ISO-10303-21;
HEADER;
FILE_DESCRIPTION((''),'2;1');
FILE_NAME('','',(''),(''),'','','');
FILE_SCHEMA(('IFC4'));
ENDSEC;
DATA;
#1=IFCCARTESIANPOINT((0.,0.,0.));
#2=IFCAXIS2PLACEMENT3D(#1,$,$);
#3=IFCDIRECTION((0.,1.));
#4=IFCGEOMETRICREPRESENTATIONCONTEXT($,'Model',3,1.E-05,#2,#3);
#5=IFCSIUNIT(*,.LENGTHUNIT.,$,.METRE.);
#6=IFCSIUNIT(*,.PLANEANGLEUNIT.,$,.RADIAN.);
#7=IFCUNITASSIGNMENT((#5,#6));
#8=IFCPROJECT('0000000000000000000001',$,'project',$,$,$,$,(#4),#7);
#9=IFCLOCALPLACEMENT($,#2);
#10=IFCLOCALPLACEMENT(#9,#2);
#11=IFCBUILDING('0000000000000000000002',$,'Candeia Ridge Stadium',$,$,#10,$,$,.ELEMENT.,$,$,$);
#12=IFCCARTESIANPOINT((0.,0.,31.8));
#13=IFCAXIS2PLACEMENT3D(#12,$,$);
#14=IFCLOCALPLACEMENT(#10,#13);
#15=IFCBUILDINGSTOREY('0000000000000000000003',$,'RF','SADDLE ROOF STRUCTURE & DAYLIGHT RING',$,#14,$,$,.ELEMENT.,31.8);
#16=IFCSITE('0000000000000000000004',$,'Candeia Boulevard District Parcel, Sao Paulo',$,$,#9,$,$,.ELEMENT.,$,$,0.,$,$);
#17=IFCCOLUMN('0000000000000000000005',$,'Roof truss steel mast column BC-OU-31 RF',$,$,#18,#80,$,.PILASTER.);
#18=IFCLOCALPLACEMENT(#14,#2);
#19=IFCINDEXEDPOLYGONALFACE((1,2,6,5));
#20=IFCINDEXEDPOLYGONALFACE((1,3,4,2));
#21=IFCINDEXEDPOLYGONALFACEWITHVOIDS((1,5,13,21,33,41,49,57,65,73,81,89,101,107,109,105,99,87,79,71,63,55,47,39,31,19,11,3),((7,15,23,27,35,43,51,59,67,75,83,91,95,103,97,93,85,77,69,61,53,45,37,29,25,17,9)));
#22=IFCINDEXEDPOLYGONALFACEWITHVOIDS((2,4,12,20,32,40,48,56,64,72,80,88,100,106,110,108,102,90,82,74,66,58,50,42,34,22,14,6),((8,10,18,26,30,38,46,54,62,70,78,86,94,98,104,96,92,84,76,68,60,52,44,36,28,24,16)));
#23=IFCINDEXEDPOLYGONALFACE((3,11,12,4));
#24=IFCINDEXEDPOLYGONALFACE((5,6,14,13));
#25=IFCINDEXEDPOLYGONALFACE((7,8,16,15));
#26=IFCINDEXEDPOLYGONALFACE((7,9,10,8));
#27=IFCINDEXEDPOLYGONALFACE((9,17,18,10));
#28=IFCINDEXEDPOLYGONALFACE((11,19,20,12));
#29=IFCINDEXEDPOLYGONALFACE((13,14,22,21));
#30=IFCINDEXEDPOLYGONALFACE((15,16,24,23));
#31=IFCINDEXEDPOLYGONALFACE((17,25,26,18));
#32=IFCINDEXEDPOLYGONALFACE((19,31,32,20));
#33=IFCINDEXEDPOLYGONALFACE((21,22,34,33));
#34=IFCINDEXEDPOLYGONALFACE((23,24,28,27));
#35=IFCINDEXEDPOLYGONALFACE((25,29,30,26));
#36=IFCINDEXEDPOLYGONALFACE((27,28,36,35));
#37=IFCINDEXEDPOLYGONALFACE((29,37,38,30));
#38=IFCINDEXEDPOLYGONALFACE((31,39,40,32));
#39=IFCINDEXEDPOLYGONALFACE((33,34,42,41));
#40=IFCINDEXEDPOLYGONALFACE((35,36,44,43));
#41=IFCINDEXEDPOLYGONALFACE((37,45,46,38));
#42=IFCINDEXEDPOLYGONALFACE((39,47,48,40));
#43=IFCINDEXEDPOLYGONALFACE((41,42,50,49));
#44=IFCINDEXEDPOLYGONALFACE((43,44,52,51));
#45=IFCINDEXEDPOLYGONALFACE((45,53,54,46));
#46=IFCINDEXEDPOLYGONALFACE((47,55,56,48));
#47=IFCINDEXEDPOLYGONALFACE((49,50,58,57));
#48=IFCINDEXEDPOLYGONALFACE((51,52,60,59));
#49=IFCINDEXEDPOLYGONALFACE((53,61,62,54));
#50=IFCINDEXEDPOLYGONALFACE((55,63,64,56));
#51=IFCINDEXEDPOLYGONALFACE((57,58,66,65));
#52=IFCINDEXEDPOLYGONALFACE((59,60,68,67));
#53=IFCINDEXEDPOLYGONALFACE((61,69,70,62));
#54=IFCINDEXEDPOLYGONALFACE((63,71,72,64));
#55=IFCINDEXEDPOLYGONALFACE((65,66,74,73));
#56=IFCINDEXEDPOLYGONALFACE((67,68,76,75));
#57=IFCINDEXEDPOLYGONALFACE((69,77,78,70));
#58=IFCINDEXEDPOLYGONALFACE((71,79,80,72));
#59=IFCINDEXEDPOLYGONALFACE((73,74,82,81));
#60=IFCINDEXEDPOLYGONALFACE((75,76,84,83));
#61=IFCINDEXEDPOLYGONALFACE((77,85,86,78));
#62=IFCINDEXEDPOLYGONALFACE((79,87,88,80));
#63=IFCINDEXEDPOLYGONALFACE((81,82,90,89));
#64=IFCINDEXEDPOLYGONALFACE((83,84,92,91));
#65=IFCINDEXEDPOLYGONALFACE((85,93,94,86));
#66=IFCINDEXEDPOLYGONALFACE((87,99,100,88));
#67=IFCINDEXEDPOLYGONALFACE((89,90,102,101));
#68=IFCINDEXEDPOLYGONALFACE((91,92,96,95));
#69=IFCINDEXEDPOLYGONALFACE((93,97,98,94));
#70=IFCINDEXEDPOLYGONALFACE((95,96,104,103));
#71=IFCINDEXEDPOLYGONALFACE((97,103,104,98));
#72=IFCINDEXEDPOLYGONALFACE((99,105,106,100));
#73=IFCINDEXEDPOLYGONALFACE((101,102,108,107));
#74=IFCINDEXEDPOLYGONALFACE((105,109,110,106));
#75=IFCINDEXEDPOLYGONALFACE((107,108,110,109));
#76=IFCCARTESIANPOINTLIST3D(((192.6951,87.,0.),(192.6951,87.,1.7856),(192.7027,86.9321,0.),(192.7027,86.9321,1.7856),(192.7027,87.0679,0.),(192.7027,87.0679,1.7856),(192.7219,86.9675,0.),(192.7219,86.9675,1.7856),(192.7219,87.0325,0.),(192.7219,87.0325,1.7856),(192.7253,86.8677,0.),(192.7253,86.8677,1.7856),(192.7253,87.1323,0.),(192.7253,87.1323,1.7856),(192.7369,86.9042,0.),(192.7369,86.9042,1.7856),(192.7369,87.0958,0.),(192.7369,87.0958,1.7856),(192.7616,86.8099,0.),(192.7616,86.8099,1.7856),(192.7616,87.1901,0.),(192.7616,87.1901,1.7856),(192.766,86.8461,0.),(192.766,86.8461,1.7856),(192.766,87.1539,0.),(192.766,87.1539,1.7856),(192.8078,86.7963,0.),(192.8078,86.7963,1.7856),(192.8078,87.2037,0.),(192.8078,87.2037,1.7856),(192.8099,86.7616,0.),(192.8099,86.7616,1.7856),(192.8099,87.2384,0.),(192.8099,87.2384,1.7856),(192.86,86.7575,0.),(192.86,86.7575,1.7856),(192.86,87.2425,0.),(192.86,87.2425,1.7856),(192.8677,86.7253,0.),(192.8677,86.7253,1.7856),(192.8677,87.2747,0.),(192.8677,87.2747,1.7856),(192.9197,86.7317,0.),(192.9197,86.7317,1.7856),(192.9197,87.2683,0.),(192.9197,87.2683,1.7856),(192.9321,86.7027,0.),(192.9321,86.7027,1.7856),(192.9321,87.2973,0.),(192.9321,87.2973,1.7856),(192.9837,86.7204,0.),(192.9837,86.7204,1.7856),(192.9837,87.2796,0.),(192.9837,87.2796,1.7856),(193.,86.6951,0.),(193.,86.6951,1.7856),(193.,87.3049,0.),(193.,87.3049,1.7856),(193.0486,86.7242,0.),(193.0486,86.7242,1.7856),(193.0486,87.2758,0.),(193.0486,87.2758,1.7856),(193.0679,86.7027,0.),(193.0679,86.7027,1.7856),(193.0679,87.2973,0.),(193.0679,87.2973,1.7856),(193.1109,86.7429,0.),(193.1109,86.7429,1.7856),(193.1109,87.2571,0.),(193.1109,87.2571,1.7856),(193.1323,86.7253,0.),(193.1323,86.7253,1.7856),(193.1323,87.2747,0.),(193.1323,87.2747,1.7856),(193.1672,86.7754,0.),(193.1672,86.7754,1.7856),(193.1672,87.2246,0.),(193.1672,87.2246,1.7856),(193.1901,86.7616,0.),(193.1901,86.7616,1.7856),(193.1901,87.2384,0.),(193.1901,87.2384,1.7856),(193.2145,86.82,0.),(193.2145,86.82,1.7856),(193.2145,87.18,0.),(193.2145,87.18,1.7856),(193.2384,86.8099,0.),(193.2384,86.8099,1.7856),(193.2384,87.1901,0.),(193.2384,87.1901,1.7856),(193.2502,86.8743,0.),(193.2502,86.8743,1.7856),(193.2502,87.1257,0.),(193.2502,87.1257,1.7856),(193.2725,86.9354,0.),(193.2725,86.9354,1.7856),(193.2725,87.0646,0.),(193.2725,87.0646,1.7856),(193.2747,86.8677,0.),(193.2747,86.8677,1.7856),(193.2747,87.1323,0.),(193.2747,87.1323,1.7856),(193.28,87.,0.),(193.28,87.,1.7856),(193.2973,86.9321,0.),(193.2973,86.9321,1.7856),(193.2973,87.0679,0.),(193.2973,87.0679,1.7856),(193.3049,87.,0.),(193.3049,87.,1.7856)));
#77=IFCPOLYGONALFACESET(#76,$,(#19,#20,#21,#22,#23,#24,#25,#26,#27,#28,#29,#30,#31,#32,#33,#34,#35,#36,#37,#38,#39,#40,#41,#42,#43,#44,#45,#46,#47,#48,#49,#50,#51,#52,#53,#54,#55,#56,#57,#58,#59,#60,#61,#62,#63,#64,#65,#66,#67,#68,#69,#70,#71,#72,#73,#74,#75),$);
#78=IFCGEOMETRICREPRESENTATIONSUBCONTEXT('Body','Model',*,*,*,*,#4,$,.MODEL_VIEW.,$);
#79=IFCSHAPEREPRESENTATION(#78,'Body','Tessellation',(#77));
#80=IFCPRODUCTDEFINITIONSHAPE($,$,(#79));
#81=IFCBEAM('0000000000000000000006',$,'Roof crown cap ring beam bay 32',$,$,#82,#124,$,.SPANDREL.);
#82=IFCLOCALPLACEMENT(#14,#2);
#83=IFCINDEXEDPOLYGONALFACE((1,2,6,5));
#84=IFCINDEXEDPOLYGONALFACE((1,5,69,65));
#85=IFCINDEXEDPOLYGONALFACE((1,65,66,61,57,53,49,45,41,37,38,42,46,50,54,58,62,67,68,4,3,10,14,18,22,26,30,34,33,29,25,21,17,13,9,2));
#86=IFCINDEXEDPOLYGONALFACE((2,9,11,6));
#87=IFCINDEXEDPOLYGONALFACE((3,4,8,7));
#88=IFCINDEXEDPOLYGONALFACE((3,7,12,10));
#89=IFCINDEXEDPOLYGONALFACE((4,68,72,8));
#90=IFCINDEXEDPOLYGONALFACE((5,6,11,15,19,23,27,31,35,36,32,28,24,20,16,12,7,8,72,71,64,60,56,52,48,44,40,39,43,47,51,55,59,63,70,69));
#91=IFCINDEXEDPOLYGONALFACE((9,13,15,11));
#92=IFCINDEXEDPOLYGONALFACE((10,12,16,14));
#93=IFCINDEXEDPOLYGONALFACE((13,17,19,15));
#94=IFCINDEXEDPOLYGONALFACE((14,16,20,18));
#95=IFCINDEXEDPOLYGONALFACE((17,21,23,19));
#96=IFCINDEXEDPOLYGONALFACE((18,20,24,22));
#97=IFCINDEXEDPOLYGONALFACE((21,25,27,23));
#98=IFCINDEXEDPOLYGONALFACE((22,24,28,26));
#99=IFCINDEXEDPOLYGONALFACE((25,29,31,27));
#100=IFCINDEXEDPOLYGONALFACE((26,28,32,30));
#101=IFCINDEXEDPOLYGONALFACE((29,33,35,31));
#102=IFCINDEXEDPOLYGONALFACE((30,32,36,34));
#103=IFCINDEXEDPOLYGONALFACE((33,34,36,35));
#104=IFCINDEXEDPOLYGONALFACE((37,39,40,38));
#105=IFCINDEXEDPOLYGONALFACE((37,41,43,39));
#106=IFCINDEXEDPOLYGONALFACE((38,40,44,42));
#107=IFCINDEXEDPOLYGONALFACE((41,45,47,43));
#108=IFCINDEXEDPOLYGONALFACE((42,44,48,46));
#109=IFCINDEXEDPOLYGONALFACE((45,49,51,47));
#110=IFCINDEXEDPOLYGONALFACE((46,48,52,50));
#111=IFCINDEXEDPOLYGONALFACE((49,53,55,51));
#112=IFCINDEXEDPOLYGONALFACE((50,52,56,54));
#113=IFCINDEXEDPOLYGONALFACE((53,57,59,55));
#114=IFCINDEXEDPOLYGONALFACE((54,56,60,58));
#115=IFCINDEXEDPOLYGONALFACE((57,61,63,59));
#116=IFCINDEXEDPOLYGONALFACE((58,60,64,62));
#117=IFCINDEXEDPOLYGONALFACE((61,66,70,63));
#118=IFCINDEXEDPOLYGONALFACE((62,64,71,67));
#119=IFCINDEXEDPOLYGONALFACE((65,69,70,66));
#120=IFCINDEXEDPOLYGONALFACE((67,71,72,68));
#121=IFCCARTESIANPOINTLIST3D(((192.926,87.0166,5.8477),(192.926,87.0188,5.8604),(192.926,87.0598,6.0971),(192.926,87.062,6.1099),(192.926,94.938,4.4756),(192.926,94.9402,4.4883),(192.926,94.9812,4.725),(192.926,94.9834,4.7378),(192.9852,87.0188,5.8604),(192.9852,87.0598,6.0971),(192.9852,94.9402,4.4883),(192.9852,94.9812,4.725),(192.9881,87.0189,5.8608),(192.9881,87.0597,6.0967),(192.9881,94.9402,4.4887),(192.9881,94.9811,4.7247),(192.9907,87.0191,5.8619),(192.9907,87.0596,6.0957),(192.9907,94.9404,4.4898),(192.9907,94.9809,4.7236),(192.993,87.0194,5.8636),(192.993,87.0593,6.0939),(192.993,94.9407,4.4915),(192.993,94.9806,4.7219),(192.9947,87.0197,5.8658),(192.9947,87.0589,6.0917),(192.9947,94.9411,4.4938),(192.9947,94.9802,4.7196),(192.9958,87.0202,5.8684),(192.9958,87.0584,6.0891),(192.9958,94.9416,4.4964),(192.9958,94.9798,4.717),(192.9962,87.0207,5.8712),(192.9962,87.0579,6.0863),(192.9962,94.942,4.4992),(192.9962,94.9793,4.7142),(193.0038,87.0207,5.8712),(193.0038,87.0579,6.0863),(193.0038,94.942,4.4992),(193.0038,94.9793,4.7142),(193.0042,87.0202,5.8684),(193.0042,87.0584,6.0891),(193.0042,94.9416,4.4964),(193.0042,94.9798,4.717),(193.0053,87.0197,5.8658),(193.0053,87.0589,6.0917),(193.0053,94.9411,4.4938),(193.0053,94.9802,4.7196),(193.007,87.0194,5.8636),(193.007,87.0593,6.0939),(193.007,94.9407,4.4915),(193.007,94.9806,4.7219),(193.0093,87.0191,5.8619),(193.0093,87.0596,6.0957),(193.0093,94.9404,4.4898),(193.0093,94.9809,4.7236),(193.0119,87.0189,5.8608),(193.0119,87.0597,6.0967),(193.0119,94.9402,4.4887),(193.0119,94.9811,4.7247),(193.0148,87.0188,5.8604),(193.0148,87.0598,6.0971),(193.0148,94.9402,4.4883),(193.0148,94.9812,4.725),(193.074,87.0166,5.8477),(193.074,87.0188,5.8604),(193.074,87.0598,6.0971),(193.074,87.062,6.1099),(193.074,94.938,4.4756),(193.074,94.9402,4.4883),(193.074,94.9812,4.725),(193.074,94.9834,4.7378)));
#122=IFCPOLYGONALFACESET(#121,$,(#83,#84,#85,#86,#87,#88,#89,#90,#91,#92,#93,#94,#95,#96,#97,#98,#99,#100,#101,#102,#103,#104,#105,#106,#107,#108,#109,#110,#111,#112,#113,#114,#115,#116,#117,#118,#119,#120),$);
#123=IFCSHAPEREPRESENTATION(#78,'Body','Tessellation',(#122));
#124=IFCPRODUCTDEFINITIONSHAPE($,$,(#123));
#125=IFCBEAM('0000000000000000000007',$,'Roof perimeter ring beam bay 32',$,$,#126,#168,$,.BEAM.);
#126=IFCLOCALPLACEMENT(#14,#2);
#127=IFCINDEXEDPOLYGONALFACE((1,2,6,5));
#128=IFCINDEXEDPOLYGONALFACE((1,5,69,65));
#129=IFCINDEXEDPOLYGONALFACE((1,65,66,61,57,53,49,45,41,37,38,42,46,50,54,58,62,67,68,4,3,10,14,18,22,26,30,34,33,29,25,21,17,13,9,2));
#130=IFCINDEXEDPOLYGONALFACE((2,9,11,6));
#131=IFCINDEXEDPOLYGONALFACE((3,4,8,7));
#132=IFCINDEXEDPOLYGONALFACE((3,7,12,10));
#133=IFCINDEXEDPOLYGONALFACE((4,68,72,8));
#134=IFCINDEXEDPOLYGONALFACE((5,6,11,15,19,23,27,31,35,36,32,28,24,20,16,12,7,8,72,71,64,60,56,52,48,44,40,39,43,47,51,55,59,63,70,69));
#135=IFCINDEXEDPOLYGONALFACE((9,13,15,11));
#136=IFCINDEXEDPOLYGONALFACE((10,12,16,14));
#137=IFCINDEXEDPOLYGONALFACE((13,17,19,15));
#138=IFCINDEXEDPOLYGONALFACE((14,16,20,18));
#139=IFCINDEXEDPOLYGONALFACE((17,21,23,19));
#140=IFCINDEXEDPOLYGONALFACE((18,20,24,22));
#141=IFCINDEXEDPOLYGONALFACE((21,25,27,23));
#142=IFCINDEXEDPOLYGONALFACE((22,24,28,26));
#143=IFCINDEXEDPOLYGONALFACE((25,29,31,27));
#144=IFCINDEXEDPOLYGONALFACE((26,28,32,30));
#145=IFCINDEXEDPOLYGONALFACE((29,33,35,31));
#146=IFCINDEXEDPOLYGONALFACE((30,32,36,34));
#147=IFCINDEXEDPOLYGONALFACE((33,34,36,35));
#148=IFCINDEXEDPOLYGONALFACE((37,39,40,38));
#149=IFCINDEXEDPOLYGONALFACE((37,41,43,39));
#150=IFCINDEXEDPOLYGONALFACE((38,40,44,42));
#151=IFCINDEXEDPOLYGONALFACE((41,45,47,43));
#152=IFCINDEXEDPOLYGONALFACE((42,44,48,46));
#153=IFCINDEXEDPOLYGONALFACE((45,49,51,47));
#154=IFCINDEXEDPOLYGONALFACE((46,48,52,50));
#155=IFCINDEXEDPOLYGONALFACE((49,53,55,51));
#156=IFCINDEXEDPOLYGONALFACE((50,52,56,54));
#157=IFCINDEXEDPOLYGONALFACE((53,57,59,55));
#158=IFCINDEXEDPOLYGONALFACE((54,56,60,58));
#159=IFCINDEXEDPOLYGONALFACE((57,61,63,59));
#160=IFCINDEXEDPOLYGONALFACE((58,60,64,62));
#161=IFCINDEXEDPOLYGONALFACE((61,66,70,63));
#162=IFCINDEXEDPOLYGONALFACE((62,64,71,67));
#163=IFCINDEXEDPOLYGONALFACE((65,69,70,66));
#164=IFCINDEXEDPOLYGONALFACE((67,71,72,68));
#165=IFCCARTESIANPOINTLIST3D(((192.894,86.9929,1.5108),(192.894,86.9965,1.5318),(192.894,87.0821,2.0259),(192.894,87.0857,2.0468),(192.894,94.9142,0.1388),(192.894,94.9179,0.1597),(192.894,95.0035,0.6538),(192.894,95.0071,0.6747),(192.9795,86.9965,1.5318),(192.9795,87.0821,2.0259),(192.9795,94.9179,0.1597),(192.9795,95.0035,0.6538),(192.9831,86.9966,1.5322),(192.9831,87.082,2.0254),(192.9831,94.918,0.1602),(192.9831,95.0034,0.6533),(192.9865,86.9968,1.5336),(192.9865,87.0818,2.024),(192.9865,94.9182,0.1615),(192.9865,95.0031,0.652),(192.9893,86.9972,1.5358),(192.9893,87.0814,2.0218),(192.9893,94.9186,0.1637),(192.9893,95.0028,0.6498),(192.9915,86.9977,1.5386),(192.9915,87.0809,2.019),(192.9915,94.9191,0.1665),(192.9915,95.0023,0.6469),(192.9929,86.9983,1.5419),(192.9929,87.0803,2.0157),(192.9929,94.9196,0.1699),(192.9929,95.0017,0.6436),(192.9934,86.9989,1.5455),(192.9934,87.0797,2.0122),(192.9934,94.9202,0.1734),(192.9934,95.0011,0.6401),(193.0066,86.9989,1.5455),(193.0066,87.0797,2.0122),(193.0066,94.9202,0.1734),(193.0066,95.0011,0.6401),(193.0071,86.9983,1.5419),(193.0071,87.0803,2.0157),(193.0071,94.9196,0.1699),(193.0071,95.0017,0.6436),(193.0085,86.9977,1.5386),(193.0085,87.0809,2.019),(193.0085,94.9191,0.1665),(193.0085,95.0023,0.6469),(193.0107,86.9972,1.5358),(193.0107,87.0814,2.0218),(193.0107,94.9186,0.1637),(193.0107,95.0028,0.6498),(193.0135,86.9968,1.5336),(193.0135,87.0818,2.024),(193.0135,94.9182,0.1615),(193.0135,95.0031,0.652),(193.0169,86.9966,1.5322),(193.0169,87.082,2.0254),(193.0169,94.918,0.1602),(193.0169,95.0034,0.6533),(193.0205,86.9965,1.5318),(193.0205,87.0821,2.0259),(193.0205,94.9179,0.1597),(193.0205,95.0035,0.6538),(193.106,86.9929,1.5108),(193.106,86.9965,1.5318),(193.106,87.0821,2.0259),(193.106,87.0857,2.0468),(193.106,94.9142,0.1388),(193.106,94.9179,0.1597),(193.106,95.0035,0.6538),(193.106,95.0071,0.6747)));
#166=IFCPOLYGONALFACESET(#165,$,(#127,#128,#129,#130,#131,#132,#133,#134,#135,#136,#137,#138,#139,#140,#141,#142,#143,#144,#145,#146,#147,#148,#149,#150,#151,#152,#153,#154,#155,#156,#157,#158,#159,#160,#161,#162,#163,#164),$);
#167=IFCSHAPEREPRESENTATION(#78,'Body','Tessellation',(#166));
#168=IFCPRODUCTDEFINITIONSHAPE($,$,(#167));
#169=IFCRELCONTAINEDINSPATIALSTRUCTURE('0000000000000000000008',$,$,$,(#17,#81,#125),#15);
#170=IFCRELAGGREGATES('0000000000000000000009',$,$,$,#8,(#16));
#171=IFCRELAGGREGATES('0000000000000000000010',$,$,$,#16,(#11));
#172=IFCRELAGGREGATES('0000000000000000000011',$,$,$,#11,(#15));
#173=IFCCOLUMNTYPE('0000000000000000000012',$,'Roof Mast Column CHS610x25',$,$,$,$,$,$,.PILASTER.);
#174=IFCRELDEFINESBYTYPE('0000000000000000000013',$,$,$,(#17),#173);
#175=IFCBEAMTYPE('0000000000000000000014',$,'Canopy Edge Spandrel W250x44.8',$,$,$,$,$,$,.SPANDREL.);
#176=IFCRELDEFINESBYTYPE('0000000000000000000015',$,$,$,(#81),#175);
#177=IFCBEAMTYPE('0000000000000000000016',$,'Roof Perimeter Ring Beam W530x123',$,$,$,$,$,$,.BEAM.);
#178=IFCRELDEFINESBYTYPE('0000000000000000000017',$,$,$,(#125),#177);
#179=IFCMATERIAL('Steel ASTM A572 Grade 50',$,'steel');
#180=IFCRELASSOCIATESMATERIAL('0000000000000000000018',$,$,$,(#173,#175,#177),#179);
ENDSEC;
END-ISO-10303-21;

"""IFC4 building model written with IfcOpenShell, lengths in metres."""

from ifc_helpers import new_model, si_unit, direction, frame, origin, origin_2d, place, context, subcontext, project, spatial, hollow_circle, i_section, extrude, material, material_profile, profile_set, type_object, element, save


model = new_model("IFC4")

# Units and contexts
model_context = context("Model", 3, precision=1e-05, world=origin(), true_north=direction((0.0, 1.0)))
body_context = subcontext(model_context, "Body", "Model", "MODEL_VIEW")
ifc_project = project(units=[si_unit("LENGTHUNIT", "METRE"), si_unit("PLANEANGLEUNIT", "RADIAN")], contexts=[model_context])

# Site, building, storey
site_placement = place(None, origin())
site = spatial("IfcSite", under=ifc_project, at=site_placement, Name="Candeia Boulevard District Parcel, Sao Paulo", CompositionType="ELEMENT", RefElevation=0.0)
building_placement = place(site_placement, origin())
building = spatial("IfcBuilding", under=site, at=building_placement, Name="Candeia Ridge Stadium", CompositionType="ELEMENT")
storey_placement = place(building_placement, frame((0.0, 0.0, 31.8)))
storey = spatial("IfcBuildingStorey", under=building, at=storey_placement, Name="RF", Description="SADDLE ROOF STRUCTURE & DAYLIGHT RING", CompositionType="ELEMENT", Elevation=31.8)

# Column
ifc_material_1 = material(Name="Steel ASTM A572 Grade 50", Category="steel")
ifc_material_profile_1 = material_profile(ifc_material_1, hollow_circle(Radius=0.3049, WallThickness=0.0249, at=origin_2d()), Name="CHS610x25", Category="steel")
ifc_profile_set_1 = profile_set([ifc_material_profile_1], Name="Steel ASTM A572 Grade 50")
column_type = type_object("IfcColumnType", Name="Roof Mast Column CHS610x25", PredefinedType="PILASTER", material=ifc_profile_set_1)
column_placement = place(storey_placement, frame((193.0, 87.0, 0.0), z_axis=(0.0, 0.0, 1.0), x_axis=(1.0, 0.0, 0.0)))
element("IfcColumn", 1, at=column_placement, inside=storey, type_object=column_type, Name="Roof truss steel mast column BC-OU-31 RF", PredefinedType="PILASTER", context=body_context, shape_type="SweptSolid", body=[
    extrude(hollow_circle(Radius=0.3049, WallThickness=0.0249, at=origin_2d()), origin(), (0.0, 0.0, 1.0), 1.7856),
])

# Beams
ifc_material_profile_2 = material_profile(ifc_material_1, i_section(OverallWidth=0.1479, OverallDepth=0.2661, WebThickness=0.0076, FlangeThickness=0.0129, FilletRadius=0.011, at=origin_2d()), Name="W250x44.8", Category="steel")
ifc_profile_set_2 = profile_set([ifc_material_profile_2], Name="Steel ASTM A572 Grade 50")
beam_type_1 = type_object("IfcBeamType", Name="Canopy Edge Spandrel W250x44.8", PredefinedType="SPANDREL", material=ifc_profile_set_2)
beam_1_placement = place(storey_placement, frame((193.0, 87.0393, 5.9788), z_axis=(0.0, 0.985328, -0.17067), x_axis=(-1.0, 0.0, 0.0)))
element("IfcBeam", 2, at=beam_1_placement, inside=storey, type_object=beam_type_1, Name="Roof crown cap ring beam bay 32", PredefinedType="SPANDREL", context=body_context, shape_type="SweptSolid", body=[
    extrude(i_section(OverallWidth=0.1479, OverallDepth=0.2661, WebThickness=0.0076, FlangeThickness=0.0129, FilletRadius=0.011, at=origin_2d()), origin(), (0.0, 0.0, 1.0), 8.0393),
])
ifc_material_profile_3 = material_profile(ifc_material_1, i_section(OverallWidth=0.2119, OverallDepth=0.5439, WebThickness=0.0132, FlangeThickness=0.0212, FilletRadius=0.0139, at=origin_2d()), Name="W530x123", Category="steel")
ifc_profile_set_3 = profile_set([ifc_material_profile_3], Name="Steel ASTM A572 Grade 50")
beam_type_2 = type_object("IfcBeamType", Name="Roof Perimeter Ring Beam W530x123", PredefinedType="BEAM", material=ifc_profile_set_3)
beam_2_placement = place(storey_placement, frame((193.0, 87.0393, 1.7788), z_axis=(0.0, 0.985328, -0.17067), x_axis=(-1.0, 0.0, 0.0)))
element("IfcBeam", 3, at=beam_2_placement, inside=storey, type_object=beam_type_2, Name="Roof perimeter ring beam bay 32", PredefinedType="BEAM", context=body_context, shape_type="SweptSolid", body=[
    extrude(i_section(OverallWidth=0.2119, OverallDepth=0.5439, WebThickness=0.0132, FlangeThickness=0.0212, FilletRadius=0.0139, at=origin_2d()), origin(), (0.0, 0.0, 1.0), 8.0393),
])

save(model, "model.ifc")
